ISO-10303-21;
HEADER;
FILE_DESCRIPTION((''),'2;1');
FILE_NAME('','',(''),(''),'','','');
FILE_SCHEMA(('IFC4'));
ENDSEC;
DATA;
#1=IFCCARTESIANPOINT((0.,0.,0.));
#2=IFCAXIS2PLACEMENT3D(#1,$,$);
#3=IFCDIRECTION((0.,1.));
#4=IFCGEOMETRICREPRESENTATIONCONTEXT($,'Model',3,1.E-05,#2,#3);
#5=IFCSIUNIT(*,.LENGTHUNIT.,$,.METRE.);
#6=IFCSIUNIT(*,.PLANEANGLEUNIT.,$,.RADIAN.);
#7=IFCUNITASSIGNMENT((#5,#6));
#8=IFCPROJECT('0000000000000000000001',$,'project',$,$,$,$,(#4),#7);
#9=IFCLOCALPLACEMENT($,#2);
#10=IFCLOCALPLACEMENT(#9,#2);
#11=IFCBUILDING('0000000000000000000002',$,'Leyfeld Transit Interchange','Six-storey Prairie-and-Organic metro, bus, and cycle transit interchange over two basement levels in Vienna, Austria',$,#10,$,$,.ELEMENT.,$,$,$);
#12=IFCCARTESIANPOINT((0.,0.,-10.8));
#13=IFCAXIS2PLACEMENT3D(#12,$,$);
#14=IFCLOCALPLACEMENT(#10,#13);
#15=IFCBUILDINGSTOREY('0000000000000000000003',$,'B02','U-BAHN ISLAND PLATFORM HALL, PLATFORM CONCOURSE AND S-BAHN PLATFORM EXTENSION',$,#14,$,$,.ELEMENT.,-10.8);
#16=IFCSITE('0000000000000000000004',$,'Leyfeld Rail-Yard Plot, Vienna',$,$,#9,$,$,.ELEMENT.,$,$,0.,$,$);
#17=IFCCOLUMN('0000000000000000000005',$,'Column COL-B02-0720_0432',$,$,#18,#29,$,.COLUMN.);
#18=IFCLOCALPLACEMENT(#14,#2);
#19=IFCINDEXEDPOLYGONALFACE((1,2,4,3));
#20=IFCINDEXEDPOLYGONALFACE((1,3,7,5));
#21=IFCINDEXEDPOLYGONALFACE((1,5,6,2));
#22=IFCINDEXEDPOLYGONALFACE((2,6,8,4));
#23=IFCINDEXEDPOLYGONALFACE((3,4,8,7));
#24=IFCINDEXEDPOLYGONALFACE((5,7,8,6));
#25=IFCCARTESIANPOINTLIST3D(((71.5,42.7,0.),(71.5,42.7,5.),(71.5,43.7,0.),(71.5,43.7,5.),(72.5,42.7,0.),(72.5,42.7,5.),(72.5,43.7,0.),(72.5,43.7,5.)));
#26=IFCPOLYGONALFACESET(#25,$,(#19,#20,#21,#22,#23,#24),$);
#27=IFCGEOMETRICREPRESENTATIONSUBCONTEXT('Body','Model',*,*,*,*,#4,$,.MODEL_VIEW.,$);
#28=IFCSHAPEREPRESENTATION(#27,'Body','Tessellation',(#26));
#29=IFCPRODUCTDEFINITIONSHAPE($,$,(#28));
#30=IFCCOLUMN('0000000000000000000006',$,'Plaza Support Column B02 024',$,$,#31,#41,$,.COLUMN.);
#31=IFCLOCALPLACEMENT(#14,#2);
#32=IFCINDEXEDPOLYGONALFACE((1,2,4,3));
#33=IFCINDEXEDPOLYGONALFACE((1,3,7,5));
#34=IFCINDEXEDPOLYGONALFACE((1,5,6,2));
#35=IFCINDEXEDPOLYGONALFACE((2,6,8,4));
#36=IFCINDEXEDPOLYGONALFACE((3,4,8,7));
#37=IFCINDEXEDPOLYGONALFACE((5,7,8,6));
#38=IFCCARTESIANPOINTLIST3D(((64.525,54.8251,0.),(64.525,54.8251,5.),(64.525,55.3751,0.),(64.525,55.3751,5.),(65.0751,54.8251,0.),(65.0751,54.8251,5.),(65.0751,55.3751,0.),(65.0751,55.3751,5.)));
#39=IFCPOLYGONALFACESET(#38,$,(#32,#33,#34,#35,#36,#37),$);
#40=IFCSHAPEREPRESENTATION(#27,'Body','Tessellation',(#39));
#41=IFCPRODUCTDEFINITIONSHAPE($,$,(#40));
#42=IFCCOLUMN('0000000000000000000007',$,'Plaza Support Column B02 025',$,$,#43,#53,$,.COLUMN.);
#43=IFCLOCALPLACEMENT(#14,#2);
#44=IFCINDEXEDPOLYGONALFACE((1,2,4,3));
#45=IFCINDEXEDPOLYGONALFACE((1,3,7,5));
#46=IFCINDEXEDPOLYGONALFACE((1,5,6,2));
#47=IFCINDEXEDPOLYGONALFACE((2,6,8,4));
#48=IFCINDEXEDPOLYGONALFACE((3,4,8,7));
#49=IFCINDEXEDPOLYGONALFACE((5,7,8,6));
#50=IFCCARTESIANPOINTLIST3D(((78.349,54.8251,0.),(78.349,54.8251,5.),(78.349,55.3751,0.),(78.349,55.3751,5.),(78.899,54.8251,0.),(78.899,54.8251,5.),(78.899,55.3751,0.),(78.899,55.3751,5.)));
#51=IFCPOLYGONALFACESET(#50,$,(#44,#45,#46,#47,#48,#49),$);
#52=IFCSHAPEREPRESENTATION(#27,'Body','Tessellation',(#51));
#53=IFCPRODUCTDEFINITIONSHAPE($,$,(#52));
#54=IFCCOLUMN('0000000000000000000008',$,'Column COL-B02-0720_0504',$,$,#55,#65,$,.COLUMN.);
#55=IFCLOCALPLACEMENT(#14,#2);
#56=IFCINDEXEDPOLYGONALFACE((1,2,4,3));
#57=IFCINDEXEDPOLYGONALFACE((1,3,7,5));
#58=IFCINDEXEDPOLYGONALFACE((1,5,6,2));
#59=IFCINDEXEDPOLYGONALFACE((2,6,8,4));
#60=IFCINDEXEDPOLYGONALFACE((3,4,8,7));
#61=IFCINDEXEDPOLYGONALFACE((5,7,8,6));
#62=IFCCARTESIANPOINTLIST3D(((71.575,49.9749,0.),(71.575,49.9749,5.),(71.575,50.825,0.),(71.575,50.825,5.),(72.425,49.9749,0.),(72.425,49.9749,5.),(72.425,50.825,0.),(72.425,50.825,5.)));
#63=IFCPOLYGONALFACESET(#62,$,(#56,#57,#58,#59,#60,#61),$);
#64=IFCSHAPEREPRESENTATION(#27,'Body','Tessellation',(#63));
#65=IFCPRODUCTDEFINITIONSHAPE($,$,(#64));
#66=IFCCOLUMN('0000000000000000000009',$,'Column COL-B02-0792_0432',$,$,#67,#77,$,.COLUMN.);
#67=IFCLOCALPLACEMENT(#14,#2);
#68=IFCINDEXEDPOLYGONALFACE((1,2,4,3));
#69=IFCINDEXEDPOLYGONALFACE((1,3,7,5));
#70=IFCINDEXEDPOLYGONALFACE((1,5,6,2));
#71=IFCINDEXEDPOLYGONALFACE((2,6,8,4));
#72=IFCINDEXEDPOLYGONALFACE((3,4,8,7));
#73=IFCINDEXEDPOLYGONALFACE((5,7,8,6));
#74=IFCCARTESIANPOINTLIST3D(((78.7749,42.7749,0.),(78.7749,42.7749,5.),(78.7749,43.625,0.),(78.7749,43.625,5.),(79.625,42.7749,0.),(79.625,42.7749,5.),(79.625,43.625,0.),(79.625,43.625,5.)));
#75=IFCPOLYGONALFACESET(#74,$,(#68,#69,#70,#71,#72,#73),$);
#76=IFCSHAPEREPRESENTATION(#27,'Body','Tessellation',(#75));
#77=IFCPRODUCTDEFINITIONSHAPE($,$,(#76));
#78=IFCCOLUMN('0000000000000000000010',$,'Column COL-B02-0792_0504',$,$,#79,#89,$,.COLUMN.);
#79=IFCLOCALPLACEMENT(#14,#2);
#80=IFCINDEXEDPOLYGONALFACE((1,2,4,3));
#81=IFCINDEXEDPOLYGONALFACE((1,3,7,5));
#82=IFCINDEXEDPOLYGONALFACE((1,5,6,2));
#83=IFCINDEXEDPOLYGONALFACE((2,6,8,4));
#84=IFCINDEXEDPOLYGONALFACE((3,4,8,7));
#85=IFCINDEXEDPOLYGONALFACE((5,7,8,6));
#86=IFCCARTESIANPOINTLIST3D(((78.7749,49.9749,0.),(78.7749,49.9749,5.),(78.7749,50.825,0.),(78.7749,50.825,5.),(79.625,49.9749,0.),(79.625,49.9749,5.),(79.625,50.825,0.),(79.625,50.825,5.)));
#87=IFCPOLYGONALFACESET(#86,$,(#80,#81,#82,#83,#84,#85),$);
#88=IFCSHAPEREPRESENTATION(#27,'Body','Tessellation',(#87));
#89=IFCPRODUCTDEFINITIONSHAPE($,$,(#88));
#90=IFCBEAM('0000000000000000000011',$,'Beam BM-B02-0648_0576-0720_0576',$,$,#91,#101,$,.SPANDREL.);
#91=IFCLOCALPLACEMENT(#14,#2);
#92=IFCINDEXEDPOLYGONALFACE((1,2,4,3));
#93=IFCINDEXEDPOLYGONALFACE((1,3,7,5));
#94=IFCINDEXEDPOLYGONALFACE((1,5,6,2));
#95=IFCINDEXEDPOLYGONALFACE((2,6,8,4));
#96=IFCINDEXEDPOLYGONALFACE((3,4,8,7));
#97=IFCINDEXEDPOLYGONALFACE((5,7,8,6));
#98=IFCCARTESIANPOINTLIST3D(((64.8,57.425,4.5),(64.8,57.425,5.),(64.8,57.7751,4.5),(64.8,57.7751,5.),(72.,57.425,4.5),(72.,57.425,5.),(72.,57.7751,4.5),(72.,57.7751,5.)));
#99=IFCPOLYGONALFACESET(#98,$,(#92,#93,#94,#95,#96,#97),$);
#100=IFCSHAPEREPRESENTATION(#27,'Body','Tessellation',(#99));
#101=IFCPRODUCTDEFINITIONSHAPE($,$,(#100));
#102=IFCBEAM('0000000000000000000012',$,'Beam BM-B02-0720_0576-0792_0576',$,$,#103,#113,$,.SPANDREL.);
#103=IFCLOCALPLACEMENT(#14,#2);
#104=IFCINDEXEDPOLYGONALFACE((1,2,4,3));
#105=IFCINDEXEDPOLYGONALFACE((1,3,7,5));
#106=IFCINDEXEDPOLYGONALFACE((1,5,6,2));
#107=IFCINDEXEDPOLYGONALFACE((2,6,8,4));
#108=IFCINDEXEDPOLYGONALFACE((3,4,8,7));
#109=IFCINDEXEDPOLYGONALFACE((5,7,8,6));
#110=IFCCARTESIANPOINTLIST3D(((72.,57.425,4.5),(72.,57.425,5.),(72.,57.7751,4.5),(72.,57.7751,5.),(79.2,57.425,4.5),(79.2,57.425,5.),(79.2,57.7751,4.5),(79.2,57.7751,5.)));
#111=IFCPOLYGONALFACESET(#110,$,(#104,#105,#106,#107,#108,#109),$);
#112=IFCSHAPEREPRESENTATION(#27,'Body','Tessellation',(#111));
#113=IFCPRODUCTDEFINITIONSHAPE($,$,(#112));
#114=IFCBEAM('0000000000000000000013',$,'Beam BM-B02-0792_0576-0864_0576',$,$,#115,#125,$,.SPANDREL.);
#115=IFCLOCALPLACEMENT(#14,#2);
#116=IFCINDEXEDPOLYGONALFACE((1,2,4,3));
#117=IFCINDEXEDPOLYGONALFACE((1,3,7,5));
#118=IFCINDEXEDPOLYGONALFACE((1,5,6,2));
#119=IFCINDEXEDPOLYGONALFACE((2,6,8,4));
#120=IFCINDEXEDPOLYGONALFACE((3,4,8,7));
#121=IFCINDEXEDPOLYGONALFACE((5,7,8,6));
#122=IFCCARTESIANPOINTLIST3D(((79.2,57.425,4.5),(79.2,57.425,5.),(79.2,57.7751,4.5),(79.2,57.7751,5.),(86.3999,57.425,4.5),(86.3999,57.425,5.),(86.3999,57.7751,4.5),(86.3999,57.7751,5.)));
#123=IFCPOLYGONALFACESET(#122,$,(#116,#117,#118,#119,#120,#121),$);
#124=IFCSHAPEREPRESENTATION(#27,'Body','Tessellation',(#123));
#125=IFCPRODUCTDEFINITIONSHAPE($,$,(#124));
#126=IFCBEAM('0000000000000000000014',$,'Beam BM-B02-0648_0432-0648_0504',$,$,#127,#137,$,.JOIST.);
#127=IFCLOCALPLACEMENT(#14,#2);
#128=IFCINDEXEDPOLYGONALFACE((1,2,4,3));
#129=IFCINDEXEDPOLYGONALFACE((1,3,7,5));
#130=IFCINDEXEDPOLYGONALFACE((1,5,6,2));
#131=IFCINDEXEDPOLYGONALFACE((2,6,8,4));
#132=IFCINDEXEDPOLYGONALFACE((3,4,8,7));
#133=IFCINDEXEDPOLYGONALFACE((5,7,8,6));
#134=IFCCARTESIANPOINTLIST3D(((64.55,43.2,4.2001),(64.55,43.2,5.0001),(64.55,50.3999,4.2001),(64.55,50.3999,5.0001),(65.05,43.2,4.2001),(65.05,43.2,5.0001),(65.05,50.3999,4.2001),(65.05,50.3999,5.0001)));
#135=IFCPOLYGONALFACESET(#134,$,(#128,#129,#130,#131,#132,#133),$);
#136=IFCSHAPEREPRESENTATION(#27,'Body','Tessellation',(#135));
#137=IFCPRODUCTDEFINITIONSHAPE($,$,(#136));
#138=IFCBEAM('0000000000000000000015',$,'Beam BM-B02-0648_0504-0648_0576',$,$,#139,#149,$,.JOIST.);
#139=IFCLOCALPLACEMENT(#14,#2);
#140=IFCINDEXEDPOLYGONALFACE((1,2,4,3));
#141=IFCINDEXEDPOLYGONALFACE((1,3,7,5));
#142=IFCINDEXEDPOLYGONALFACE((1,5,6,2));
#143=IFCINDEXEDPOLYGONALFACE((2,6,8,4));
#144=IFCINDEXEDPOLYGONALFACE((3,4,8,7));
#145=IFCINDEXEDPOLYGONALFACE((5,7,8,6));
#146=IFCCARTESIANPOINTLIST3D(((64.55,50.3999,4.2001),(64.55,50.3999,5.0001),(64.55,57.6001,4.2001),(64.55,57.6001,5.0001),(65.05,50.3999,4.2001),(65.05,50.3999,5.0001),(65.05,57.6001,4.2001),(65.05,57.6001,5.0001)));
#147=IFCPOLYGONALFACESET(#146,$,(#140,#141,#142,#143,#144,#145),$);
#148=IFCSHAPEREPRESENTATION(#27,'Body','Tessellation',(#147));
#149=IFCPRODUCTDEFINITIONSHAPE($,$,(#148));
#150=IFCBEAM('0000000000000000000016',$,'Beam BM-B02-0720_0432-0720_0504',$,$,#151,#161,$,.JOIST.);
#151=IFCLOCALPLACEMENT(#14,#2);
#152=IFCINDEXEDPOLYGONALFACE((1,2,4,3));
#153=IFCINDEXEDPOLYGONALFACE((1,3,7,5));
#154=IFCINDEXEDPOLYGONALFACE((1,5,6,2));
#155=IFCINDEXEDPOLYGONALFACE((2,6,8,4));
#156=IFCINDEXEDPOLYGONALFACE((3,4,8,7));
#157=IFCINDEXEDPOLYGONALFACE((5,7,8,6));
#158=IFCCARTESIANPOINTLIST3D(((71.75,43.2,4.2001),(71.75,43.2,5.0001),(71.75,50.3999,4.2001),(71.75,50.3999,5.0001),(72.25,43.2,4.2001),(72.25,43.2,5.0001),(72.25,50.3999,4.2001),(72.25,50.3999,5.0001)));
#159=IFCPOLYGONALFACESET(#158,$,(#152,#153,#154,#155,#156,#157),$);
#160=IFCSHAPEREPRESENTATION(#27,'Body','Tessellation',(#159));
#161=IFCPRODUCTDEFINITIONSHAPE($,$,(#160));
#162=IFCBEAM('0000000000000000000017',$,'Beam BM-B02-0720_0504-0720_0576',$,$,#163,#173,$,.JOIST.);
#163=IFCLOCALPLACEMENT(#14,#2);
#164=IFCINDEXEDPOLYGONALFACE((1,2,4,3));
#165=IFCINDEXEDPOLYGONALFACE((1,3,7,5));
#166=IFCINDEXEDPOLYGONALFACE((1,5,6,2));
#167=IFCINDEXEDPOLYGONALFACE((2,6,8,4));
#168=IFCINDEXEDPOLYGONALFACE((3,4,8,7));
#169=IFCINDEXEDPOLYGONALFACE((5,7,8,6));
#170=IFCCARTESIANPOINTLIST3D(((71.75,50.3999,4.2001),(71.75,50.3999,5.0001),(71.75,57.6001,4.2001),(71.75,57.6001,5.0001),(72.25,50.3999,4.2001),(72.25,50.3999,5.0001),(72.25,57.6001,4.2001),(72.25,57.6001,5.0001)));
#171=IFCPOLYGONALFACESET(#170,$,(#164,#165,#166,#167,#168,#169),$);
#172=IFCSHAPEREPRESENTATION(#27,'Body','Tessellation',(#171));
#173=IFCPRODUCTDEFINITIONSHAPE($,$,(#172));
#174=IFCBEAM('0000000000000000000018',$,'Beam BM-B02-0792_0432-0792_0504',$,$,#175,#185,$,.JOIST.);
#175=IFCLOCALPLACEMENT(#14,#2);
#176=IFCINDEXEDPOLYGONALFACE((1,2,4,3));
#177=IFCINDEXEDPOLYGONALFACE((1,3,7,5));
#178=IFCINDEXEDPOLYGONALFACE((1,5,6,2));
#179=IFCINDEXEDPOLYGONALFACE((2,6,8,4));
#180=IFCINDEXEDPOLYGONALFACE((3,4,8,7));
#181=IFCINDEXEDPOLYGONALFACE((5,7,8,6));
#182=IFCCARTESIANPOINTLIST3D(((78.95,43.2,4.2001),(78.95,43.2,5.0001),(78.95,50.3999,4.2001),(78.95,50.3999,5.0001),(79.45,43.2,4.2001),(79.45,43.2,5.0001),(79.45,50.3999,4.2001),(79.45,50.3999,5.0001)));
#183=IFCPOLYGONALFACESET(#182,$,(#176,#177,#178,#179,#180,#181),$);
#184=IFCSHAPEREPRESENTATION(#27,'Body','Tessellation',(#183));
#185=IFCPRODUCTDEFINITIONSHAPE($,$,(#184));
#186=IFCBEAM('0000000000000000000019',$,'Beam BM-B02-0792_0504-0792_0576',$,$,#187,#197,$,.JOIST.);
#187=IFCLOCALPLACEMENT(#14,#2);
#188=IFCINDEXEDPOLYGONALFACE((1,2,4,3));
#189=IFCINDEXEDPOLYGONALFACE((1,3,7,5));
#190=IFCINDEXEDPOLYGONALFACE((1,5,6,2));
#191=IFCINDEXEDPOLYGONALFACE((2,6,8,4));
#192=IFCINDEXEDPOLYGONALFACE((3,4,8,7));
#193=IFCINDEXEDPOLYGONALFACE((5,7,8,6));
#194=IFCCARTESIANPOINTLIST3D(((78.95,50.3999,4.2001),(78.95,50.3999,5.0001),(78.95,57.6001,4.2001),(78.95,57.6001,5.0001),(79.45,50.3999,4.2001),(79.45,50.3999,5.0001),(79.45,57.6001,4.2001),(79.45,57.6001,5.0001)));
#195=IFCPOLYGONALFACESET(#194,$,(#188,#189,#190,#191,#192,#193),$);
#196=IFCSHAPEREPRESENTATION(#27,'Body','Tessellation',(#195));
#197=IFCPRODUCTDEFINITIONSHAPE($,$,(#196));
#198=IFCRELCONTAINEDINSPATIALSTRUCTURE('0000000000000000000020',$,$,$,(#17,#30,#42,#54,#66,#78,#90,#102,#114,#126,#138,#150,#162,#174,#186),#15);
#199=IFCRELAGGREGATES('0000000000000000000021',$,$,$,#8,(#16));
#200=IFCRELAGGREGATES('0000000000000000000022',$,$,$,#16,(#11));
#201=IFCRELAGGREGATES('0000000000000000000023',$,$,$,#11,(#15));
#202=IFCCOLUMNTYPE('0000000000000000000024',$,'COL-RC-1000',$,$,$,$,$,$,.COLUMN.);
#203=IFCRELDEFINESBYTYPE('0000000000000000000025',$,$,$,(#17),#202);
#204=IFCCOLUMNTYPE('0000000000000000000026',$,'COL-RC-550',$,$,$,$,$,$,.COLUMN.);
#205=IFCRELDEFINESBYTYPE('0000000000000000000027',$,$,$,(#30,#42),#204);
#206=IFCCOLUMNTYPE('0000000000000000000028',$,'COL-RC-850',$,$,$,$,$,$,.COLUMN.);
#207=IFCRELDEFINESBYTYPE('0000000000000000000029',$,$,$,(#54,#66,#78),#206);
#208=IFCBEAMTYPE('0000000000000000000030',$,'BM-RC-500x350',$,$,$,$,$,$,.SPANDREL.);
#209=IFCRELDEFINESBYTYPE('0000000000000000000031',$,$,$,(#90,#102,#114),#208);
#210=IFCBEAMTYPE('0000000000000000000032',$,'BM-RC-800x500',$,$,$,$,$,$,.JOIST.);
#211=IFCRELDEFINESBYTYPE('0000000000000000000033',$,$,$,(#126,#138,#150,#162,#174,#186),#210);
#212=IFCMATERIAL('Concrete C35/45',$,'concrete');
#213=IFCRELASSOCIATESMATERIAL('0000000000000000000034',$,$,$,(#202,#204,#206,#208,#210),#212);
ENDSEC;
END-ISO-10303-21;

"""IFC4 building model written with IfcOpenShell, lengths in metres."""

from ifc_helpers import new_model, si_unit, direction, frame, origin, origin_2d, place, context, subcontext, project, spatial, rectangle, extrude, material, material_profile, profile_set, type_object, element, save


model = new_model("IFC4")

# Units and contexts
model_context = context("Model", 3, precision=1e-05, world=origin(), true_north=direction((0.0, 1.0)))
body_context = subcontext(model_context, "Body", "Model", "MODEL_VIEW")
ifc_project = project(units=[si_unit("LENGTHUNIT", "METRE"), si_unit("PLANEANGLEUNIT", "RADIAN")], contexts=[model_context])

# Site, building, storey
site_placement = place(None, origin())
site = spatial("IfcSite", under=ifc_project, at=site_placement, Name="Leyfeld Rail-Yard Plot, Vienna", CompositionType="ELEMENT", RefElevation=0.0)
building_placement = place(site_placement, origin())
building = spatial("IfcBuilding", under=site, at=building_placement, Name="Leyfeld Transit Interchange", Description="Six-storey Prairie-and-Organic metro, bus, and cycle transit interchange over two basement levels in Vienna, Austria", CompositionType="ELEMENT")
storey_placement = place(building_placement, frame((0.0, 0.0, -10.8)))
storey = spatial("IfcBuildingStorey", under=building, at=storey_placement, Name="B02", Description="U-BAHN ISLAND PLATFORM HALL, PLATFORM CONCOURSE AND S-BAHN PLATFORM EXTENSION", CompositionType="ELEMENT", Elevation=-10.8)

# Shared definitions
ifc_material = material(Name="Concrete C35/45", Category="concrete")

# Columns
ifc_material_profile_1 = material_profile(ifc_material, rectangle(XDim=1.0, YDim=1.0, at=origin_2d()), Name="RC 1000x1000")
ifc_profile_set_1 = profile_set([ifc_material_profile_1], Name="Concrete C35/45")
column_type_1 = type_object("IfcColumnType", Name="COL-RC-1000", PredefinedType="COLUMN", material=ifc_profile_set_1)
column_placement = place(storey_placement, frame((72.0, 43.2, 0.0), z_axis=(0.0, 0.0, 1.0), x_axis=(1.0, 0.0, 0.0)))
element("IfcColumn", 1, at=column_placement, inside=storey, type_object=column_type_1, Name="Column COL-B02-0720_0432", PredefinedType="COLUMN", context=body_context, shape_type="SweptSolid", body=[
    extrude(rectangle(XDim=1.0, YDim=1.0, at=origin_2d()), origin(), (0.0, 0.0, 1.0), 5.0),
])
ifc_material_profile_2 = material_profile(ifc_material, rectangle(XDim=0.55, YDim=0.55, at=origin_2d()), Name="RC 550x550")
ifc_profile_set_2 = profile_set([ifc_material_profile_2], Name="Concrete C35/45")
column_type_2 = type_object("IfcColumnType", Name="COL-RC-550", PredefinedType="COLUMN", material=ifc_profile_set_2)
for number, where, z_axis, x_axis, name in (
    (2, (64.8, 55.1001, 0.0), (0.0, 0.0, 1.0), (1.0, 0.0, 0.0), "Plaza Support Column B02 024"),
    (3, (78.624, 55.1001, 0.0), (0.0, 0.0, 1.0), (1.0, 0.0, 0.0), "Plaza Support Column B02 025"),
):
    element("IfcColumn", number, at=place(storey_placement, frame(where, z_axis=z_axis, x_axis=x_axis)), inside=storey, type_object=column_type_2, Name=name, PredefinedType="COLUMN", context=body_context, shape_type="SweptSolid", body=[
        extrude(rectangle(XDim=0.55, YDim=0.55, at=origin_2d()), origin(), (0.0, 0.0, 1.0), 5.0),
    ])
ifc_material_profile_3 = material_profile(ifc_material, rectangle(XDim=0.8501, YDim=0.8501, at=origin_2d()), Name="RC 850x850")
ifc_profile_set_3 = profile_set([ifc_material_profile_3], Name="Concrete C35/45")
column_type_3 = type_object("IfcColumnType", Name="COL-RC-850", PredefinedType="COLUMN", material=ifc_profile_set_3)
for number, where, z_axis, x_axis, name in (
    (4, (72.0, 50.3999, 0.0), (0.0, 0.0, 1.0), (1.0, 0.0, 0.0), "Column COL-B02-0720_0504"),
    (5, (79.2, 43.2, 0.0), (0.0, 0.0, 1.0), (1.0, 0.0, 0.0), "Column COL-B02-0792_0432"),
    (6, (79.2, 50.3999, 0.0), (0.0, 0.0, 1.0), (1.0, 0.0, 0.0), "Column COL-B02-0792_0504"),
):
    element("IfcColumn", number, at=place(storey_placement, frame(where, z_axis=z_axis, x_axis=x_axis)), inside=storey, type_object=column_type_3, Name=name, PredefinedType="COLUMN", context=body_context, shape_type="SweptSolid", body=[
        extrude(rectangle(XDim=0.8501, YDim=0.8501, at=origin_2d()), origin(), (0.0, 0.0, 1.0), 5.0),
    ])

# Beams
ifc_material_profile_4 = material_profile(ifc_material, rectangle(XDim=0.3501, YDim=0.5, at=origin_2d()), Name="RC 500x350")
ifc_profile_set_4 = profile_set([ifc_material_profile_4], Name="Concrete C35/45")
beam_type_1 = type_object("IfcBeamType", Name="BM-RC-500x350", PredefinedType="SPANDREL", material=ifc_profile_set_4)
for number, where, z_axis, x_axis, name in (
    (7, (64.8, 57.6001, 4.75), (1.0, 0.0, 0.0), (0.0, 1.0, 0.0), "Beam BM-B02-0648_0576-0720_0576"),
    (8, (72.0, 57.6001, 4.75), (1.0, 0.0, 0.0), (0.0, 1.0, 0.0), "Beam BM-B02-0720_0576-0792_0576"),
    (9, (79.2, 57.6001, 4.75), (1.0, 0.0, 0.0), (0.0, 1.0, 0.0), "Beam BM-B02-0792_0576-0864_0576"),
):
    element("IfcBeam", number, at=place(storey_placement, frame(where, z_axis=z_axis, x_axis=x_axis)), inside=storey, type_object=beam_type_1, Name=name, PredefinedType="SPANDREL", context=body_context, shape_type="SweptSolid", body=[
        extrude(rectangle(XDim=0.3501, YDim=0.5, at=origin_2d()), origin(), (0.0, 0.0, 1.0), 7.2),
    ])
ifc_material_profile_5 = material_profile(ifc_material, rectangle(XDim=0.5, YDim=0.8, at=origin_2d()), Name="RC 800x500")
ifc_profile_set_5 = profile_set([ifc_material_profile_5], Name="Concrete C35/45")
beam_type_2 = type_object("IfcBeamType", Name="BM-RC-800x500", PredefinedType="JOIST", material=ifc_profile_set_5)
beam_1_placement = place(storey_placement, frame((64.8, 43.2, 4.6001), z_axis=(0.0, 1.0, 0.0), x_axis=(-1.0, 0.0, 0.0)))
element("IfcBeam", 10, at=beam_1_placement, inside=storey, type_object=beam_type_2, Name="Beam BM-B02-0648_0432-0648_0504", PredefinedType="JOIST", context=body_context, shape_type="SweptSolid", body=[
    extrude(rectangle(XDim=0.5, YDim=0.8, at=origin_2d()), origin(), (0.0, 0.0, 1.0), 7.2),
])
beam_2_placement = place(storey_placement, frame((64.8, 50.3999, 4.6001), z_axis=(0.0, 1.0, 0.0), x_axis=(-1.0, 0.0, 0.0)))
element("IfcBeam", 11, at=beam_2_placement, inside=storey, type_object=beam_type_2, Name="Beam BM-B02-0648_0504-0648_0576", PredefinedType="JOIST", context=body_context, shape_type="SweptSolid", body=[
    extrude(rectangle(XDim=0.5, YDim=0.8, at=origin_2d()), origin(), (0.0, 0.0, 1.0), 7.2002),
])
beam_3_placement = place(storey_placement, frame((72.0, 43.2, 4.6001), z_axis=(0.0, 1.0, 0.0), x_axis=(-1.0, 0.0, 0.0)))
element("IfcBeam", 12, at=beam_3_placement, inside=storey, type_object=beam_type_2, Name="Beam BM-B02-0720_0432-0720_0504", PredefinedType="JOIST", context=body_context, shape_type="SweptSolid", body=[
    extrude(rectangle(XDim=0.5, YDim=0.8, at=origin_2d()), origin(), (0.0, 0.0, 1.0), 7.2),
])
beam_4_placement = place(storey_placement, frame((72.0, 50.3999, 4.6001), z_axis=(0.0, 1.0, 0.0), x_axis=(-1.0, 0.0, 0.0)))
element("IfcBeam", 13, at=beam_4_placement, inside=storey, type_object=beam_type_2, Name="Beam BM-B02-0720_0504-0720_0576", PredefinedType="JOIST", context=body_context, shape_type="SweptSolid", body=[
    extrude(rectangle(XDim=0.5, YDim=0.8, at=origin_2d()), origin(), (0.0, 0.0, 1.0), 7.2002),
])
beam_5_placement = place(storey_placement, frame((79.2, 43.2, 4.6001), z_axis=(0.0, 1.0, 0.0), x_axis=(-1.0, 0.0, 0.0)))
element("IfcBeam", 14, at=beam_5_placement, inside=storey, type_object=beam_type_2, Name="Beam BM-B02-0792_0432-0792_0504", PredefinedType="JOIST", context=body_context, shape_type="SweptSolid", body=[
    extrude(rectangle(XDim=0.5, YDim=0.8, at=origin_2d()), origin(), (0.0, 0.0, 1.0), 7.2),
])
beam_6_placement = place(storey_placement, frame((79.2, 50.3999, 4.6001), z_axis=(0.0, 1.0, 0.0), x_axis=(-1.0, 0.0, 0.0)))
element("IfcBeam", 15, at=beam_6_placement, inside=storey, type_object=beam_type_2, Name="Beam BM-B02-0792_0504-0792_0576", PredefinedType="JOIST", context=body_context, shape_type="SweptSolid", body=[
    extrude(rectangle(XDim=0.5, YDim=0.8, at=origin_2d()), origin(), (0.0, 0.0, 1.0), 7.2002),
])

save(model, "model.ifc")
